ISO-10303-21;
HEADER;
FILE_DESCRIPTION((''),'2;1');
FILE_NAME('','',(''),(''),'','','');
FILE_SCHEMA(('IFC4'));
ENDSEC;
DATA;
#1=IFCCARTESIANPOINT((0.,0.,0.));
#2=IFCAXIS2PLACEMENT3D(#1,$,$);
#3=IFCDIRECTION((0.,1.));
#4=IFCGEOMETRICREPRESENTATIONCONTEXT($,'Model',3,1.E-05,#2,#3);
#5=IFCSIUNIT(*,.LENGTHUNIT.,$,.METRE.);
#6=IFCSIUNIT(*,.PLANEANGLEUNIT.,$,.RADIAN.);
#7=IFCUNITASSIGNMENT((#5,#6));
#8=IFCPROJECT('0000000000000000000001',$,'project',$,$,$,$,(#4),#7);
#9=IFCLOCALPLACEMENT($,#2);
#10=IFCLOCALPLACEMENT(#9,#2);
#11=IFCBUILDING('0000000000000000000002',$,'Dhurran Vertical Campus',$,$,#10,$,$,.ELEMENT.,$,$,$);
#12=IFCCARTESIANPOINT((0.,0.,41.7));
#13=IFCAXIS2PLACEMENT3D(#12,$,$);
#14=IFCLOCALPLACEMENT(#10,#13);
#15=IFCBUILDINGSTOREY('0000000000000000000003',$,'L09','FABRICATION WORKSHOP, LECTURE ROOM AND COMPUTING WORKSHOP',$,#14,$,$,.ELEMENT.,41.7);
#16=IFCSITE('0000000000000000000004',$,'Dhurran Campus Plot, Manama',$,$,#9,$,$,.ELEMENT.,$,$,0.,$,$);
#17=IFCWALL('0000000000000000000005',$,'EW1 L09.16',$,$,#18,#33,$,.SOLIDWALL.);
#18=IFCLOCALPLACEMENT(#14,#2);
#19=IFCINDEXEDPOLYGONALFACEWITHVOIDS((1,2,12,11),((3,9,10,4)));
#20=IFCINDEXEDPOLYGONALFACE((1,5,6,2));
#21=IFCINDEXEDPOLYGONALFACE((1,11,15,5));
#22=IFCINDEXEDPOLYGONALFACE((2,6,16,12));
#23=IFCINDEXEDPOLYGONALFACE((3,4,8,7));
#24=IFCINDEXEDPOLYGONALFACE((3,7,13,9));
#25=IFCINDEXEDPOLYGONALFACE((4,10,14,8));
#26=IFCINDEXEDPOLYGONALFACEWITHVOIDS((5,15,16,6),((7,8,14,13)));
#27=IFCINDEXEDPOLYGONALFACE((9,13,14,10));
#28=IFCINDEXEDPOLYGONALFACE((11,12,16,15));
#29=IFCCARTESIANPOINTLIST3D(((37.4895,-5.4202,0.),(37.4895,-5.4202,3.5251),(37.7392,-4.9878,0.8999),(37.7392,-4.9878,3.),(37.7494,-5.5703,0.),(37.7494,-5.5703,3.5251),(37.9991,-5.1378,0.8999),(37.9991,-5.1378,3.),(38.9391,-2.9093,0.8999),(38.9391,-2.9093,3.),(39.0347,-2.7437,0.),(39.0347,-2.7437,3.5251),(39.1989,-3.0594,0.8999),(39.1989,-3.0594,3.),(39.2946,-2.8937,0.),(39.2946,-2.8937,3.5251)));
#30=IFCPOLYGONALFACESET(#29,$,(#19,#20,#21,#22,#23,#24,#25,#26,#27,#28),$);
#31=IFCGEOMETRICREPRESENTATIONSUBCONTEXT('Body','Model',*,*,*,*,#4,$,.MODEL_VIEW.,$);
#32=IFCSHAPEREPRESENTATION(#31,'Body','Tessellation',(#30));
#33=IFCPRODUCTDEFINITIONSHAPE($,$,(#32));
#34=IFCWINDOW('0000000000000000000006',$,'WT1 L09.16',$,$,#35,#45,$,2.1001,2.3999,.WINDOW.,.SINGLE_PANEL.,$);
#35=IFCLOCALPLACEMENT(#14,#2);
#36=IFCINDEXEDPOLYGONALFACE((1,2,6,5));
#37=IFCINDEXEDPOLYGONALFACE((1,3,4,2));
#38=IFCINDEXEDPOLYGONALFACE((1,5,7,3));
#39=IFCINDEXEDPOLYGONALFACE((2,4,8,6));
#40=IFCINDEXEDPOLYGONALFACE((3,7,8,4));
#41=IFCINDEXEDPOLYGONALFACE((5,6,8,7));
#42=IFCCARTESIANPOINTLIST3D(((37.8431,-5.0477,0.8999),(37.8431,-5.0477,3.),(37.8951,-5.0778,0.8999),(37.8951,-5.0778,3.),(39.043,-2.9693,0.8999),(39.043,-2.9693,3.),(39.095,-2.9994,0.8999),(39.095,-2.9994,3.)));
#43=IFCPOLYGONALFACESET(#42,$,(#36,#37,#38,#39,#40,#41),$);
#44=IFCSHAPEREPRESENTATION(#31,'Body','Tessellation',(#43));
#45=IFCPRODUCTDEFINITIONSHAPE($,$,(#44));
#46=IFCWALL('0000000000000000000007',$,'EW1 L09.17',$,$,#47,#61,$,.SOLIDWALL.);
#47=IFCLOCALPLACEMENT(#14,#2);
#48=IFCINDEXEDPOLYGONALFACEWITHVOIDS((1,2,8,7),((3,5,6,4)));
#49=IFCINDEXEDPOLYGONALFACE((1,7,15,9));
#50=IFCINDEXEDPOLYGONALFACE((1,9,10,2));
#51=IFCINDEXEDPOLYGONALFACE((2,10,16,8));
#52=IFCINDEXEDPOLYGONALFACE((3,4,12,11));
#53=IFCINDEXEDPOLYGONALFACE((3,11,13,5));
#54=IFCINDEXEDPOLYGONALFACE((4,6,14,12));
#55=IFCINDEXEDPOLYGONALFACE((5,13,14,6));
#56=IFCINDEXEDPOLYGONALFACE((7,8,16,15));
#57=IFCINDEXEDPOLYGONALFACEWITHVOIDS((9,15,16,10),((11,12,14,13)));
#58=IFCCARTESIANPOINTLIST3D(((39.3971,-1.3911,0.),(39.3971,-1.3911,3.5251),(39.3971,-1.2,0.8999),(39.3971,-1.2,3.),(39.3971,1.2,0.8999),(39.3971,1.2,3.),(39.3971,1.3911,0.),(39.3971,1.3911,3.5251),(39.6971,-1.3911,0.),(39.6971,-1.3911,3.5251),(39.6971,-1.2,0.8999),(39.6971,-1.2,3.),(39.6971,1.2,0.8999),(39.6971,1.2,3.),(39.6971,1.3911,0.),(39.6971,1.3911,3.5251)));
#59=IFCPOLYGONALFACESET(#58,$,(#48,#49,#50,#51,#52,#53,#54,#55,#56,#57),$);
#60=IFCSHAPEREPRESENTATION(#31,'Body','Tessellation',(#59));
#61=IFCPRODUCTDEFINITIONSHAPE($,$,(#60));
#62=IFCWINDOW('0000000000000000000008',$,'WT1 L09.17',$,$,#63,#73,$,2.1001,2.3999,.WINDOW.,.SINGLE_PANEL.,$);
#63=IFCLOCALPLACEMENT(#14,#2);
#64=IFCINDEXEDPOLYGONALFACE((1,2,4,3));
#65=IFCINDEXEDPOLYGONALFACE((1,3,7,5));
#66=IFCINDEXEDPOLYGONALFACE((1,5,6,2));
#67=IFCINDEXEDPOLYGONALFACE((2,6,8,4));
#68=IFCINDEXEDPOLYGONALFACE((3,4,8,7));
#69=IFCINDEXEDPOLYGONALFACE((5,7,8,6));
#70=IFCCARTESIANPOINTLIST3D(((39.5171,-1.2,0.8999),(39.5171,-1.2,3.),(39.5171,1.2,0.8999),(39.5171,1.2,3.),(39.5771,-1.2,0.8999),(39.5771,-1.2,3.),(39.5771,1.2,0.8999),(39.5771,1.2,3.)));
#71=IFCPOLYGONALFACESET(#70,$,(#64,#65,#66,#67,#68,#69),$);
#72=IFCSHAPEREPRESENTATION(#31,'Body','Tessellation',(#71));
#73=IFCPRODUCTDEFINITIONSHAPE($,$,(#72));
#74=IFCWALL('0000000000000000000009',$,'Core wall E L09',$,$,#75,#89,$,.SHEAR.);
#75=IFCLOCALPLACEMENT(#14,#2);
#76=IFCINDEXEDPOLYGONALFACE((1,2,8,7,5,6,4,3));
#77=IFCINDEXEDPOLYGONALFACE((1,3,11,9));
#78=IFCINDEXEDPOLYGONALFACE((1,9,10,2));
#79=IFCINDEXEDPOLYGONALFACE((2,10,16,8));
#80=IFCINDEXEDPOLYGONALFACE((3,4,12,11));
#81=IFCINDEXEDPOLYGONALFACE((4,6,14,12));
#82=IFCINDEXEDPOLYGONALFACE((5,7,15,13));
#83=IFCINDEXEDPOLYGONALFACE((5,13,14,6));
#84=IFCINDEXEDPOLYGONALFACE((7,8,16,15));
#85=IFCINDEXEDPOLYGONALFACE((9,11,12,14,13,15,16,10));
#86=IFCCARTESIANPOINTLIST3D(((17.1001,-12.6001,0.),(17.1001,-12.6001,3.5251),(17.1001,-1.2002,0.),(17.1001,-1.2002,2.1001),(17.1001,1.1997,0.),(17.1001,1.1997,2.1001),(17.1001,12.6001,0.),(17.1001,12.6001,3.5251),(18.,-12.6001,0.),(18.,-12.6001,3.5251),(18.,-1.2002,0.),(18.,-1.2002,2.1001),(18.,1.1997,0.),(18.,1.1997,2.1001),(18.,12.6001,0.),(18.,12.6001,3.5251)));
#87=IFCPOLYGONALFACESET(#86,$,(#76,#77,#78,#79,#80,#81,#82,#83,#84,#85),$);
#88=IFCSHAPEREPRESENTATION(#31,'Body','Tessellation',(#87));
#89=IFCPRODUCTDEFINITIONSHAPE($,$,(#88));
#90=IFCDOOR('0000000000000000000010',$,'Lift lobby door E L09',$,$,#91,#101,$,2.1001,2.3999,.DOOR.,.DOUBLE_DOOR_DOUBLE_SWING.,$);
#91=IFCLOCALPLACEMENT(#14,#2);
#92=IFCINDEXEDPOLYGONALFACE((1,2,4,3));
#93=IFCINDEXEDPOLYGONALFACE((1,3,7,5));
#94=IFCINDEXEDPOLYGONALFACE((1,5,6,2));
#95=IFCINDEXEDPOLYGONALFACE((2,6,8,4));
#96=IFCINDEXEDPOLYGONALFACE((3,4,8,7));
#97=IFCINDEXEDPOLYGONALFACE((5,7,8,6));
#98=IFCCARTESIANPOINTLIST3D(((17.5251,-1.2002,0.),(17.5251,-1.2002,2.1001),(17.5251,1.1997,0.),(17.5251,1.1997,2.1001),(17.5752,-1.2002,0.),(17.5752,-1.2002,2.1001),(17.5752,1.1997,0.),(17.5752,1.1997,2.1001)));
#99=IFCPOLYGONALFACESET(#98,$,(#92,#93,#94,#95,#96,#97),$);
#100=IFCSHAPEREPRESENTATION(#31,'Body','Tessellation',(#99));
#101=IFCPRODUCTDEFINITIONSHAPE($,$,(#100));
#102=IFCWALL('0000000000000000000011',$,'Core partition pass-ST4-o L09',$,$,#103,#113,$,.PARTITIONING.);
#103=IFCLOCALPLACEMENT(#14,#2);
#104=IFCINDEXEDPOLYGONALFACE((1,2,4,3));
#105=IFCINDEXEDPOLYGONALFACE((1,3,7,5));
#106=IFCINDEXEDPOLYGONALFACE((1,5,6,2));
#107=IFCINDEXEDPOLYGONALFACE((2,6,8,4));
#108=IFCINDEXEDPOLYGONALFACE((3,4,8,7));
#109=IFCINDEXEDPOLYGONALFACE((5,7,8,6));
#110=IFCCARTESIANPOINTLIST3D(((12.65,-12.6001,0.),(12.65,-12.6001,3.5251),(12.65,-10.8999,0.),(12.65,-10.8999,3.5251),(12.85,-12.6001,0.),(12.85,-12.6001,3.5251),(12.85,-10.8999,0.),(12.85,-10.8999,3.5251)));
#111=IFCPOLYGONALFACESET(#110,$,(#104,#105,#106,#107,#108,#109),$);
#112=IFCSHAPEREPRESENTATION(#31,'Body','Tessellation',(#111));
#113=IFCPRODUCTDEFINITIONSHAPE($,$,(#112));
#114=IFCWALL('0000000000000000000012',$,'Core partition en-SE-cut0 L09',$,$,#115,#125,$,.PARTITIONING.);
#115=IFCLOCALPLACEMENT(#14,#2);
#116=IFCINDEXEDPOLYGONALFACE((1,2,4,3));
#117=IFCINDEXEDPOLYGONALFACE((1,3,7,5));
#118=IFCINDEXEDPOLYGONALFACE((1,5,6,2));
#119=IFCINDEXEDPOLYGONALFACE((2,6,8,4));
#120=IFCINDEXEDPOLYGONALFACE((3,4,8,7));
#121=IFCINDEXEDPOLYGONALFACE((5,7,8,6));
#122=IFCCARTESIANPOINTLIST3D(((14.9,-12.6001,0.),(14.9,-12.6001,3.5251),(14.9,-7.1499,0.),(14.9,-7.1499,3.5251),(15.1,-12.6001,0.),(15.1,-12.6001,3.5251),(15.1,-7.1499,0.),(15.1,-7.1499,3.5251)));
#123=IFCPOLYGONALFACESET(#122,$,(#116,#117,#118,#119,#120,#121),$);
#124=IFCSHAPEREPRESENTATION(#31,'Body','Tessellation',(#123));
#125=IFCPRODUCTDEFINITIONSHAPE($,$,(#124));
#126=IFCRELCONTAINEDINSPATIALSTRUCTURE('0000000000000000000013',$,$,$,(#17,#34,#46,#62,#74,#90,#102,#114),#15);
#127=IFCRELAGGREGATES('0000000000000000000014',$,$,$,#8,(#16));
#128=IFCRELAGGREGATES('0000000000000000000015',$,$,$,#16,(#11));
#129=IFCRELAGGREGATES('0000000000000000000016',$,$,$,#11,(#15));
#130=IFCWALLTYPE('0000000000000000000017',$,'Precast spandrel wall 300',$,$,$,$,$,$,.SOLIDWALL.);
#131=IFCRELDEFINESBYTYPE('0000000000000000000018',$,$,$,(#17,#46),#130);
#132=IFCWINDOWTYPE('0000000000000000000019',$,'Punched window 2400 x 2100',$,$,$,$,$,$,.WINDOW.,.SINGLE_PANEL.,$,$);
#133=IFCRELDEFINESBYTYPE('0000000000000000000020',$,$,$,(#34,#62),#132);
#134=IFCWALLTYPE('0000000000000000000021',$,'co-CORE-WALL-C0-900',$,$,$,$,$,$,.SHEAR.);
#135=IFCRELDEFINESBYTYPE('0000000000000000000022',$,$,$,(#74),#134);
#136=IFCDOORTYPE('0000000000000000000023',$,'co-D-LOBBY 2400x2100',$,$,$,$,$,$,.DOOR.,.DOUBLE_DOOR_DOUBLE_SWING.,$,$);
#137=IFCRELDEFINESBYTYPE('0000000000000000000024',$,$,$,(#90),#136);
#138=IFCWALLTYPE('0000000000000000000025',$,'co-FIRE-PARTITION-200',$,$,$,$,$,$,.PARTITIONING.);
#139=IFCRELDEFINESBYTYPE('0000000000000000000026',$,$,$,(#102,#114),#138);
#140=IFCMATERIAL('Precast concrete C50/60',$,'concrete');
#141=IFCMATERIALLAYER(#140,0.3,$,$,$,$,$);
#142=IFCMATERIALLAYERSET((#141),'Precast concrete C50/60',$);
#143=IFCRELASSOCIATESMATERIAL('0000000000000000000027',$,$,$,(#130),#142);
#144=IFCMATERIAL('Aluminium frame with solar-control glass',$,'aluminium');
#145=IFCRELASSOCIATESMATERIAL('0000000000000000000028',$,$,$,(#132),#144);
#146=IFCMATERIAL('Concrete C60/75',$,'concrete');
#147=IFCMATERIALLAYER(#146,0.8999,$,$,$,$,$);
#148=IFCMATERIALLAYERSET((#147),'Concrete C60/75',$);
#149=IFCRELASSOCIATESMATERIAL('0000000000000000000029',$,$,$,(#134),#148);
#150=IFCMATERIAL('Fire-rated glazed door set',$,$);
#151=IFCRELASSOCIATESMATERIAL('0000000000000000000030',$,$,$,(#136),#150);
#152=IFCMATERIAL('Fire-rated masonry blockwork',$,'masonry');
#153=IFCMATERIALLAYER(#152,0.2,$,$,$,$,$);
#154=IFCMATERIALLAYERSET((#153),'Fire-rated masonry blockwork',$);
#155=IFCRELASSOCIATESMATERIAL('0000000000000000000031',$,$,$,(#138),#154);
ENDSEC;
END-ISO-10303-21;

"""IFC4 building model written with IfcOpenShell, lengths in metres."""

from ifc_helpers import new_model, si_unit, direction, frame, frame_2d, origin, place, context, subcontext, project, spatial, rectangle, extrude, material, layer, layer_set, type_object, element, fill, save


model = new_model("IFC4")

# Units and contexts
model_context = context("Model", 3, precision=1e-05, world=origin(), true_north=direction((0.0, 1.0)))
body_context = subcontext(model_context, "Body", "Model", "MODEL_VIEW")
ifc_project = project(units=[si_unit("LENGTHUNIT", "METRE"), si_unit("PLANEANGLEUNIT", "RADIAN")], contexts=[model_context])

# Site, building, storey
site_placement = place(None, origin())
site = spatial("IfcSite", under=ifc_project, at=site_placement, Name="Dhurran Campus Plot, Manama", CompositionType="ELEMENT", RefElevation=0.0)
building_placement = place(site_placement, origin())
building = spatial("IfcBuilding", under=site, at=building_placement, Name="Dhurran Vertical Campus", CompositionType="ELEMENT")
storey_placement = place(building_placement, frame((0.0, 0.0, 41.7)))
storey = spatial("IfcBuildingStorey", under=building, at=storey_placement, Name="L09", Description="FABRICATION WORKSHOP, LECTURE ROOM AND COMPUTING WORKSHOP", CompositionType="ELEMENT", Elevation=41.7)

# Walls, openings, windows
ifc_material_1 = material(Name="Precast concrete C50/60", Category="concrete")
ifc_layer_1 = layer(ifc_material_1, 0.3)
ifc_layer_set_1 = layer_set([ifc_layer_1], Name="Precast concrete C50/60")
wall_type_1 = type_object("IfcWallType", Name="Precast spandrel wall 300", PredefinedType="SOLIDWALL", material=ifc_layer_set_1)
ifc_material_2 = material(Name="Aluminium frame with solar-control glass", Category="aluminium")
window_type = type_object("IfcWindowType", Name="Punched window 2400 x 2100", PartitioningType="SINGLE_PANEL", PredefinedType="WINDOW", material=ifc_material_2)
wall_1_placement = place(storey_placement, frame((37.6194, -5.4954, 0.0), z_axis=(0.0, 0.0, 1.0), x_axis=(0.499971, 0.866042, 0.0)))
wall_1 = element("IfcWall", 1, at=wall_1_placement, inside=storey, type_object=wall_type_1, Name="EW1 L09.16", PredefinedType="SOLIDWALL", context=body_context, shape_type="SweptSolid", body=[
    extrude(rectangle(XDim=3.0906, YDim=0.3, at=frame_2d((1.5454, 0.0))), origin(), (0.0, 0.0, 1.0), 3.5251),
])
opening_1_placement = place(wall_1_placement, frame((0.4995, 0.0, 0.8999)))
opening_1 = element("IfcOpeningElement", 2, at=opening_1_placement, cuts=wall_1, PredefinedType="OPENING", context=body_context, shape_type="SweptSolid", body=[
    extrude(rectangle(XDim=2.3999, YDim=2.1001, at=frame_2d((1.2, 1.05))), frame((0.0, 0.1599, 0.0), z_axis=(0.0, -1.0, 0.0), x_axis=(1.0, 0.0, 0.0)), (0.0, 0.0, 1.0), 0.3201),
])
window_1_placement = place(opening_1_placement, origin())
window_1 = element("IfcWindow", 3, at=window_1_placement, inside=storey, type_object=window_type, Name="WT1 L09.16", OverallHeight=2.1001, OverallWidth=2.3999, PartitioningType="SINGLE_PANEL", PredefinedType="WINDOW", context=body_context, shape_type="SweptSolid", body=[
    extrude(rectangle(XDim=2.3999, YDim=2.1001, at=frame_2d((1.2, 1.05))), frame((0.0, 0.03, 0.0), z_axis=(0.0, -1.0, 0.0), x_axis=(1.0, 0.0, 0.0)), (0.0, 0.0, 1.0), 0.0601),
])
fill(opening_1, window_1)
wall_2_placement = place(storey_placement, frame((39.5471, -1.3911, 0.0), z_axis=(0.0, 0.0, 1.0), x_axis=(0.0, 1.0, 0.0)))
wall_2 = element("IfcWall", 4, at=wall_2_placement, inside=storey, type_object=wall_type_1, Name="EW1 L09.17", PredefinedType="SOLIDWALL", context=body_context, shape_type="SweptSolid", body=[
    extrude(rectangle(XDim=2.7822, YDim=0.3, at=frame_2d((1.3911, 0.0))), origin(), (0.0, 0.0, 1.0), 3.5251),
])
opening_2_placement = place(wall_2_placement, frame((0.1912, 0.0, 0.8999)))
opening_2 = element("IfcOpeningElement", 5, at=opening_2_placement, cuts=wall_2, PredefinedType="OPENING", context=body_context, shape_type="SweptSolid", body=[
    extrude(rectangle(XDim=2.3999, YDim=2.1001, at=frame_2d((1.2, 1.05))), frame((0.0, 0.1599, 0.0), z_axis=(0.0, -1.0, 0.0), x_axis=(1.0, 0.0, 0.0)), (0.0, 0.0, 1.0), 0.3201),
])
window_2_placement = place(opening_2_placement, origin())
window_2 = element("IfcWindow", 6, at=window_2_placement, inside=storey, type_object=window_type, Name="WT1 L09.17", OverallHeight=2.1001, OverallWidth=2.3999, PartitioningType="SINGLE_PANEL", PredefinedType="WINDOW", context=body_context, shape_type="SweptSolid", body=[
    extrude(rectangle(XDim=2.3999, YDim=2.1001, at=frame_2d((1.2, 1.05))), frame((0.0, 0.03, 0.0), z_axis=(0.0, -1.0, 0.0), x_axis=(1.0, 0.0, 0.0)), (0.0, 0.0, 1.0), 0.0601),
])
fill(opening_2, window_2)

# Wall, opening, door
ifc_material_3 = material(Name="Concrete C60/75", Category="concrete")
ifc_layer_2 = layer(ifc_material_3, 0.8999)
ifc_layer_set_2 = layer_set([ifc_layer_2], Name="Concrete C60/75")
wall_type_2 = type_object("IfcWallType", Name="co-CORE-WALL-C0-900", PredefinedType="SHEAR", material=ifc_layer_set_2)
wall_3_placement = place(storey_placement, frame((17.55, -12.6001, 0.0), z_axis=(0.0, 0.0, 1.0), x_axis=(0.0, 1.0, 0.0)))
wall_3 = element("IfcWall", 7, at=wall_3_placement, inside=storey, type_object=wall_type_2, Name="Core wall E L09", PredefinedType="SHEAR", context=body_context, shape_type="SweptSolid", body=[
    extrude(rectangle(XDim=25.2002, YDim=0.8999, at=frame_2d((12.6001, 0.0))), origin(), (0.0, 0.0, 1.0), 3.5251),
])
opening_3_placement = place(wall_3_placement, frame((11.3999, 0.0, 0.0)))
opening_3 = element("IfcOpeningElement", 8, at=opening_3_placement, cuts=wall_3, PredefinedType="OPENING", context=body_context, shape_type="SweptSolid", body=[
    extrude(rectangle(XDim=2.3999, YDim=2.1001, at=frame_2d((1.2, 1.05))), frame((0.0, 0.46, 0.0), z_axis=(0.0, -1.0, 0.0), x_axis=(1.0, 0.0, 0.0)), (0.0, 0.0, 1.0), 0.9199),
])
ifc_material_4 = material(Name="Fire-rated glazed door set")
door_type_1 = type_object("IfcDoorType", Name="co-D-LOBBY 2400x2100", OperationType="DOUBLE_DOOR_DOUBLE_SWING", PredefinedType="DOOR", material=ifc_material_4)
door_1_placement = place(opening_3_placement, origin())
door_1 = element("IfcDoor", 9, at=door_1_placement, inside=storey, type_object=door_type_1, Name="Lift lobby door E L09", OperationType="DOUBLE_DOOR_DOUBLE_SWING", OverallHeight=2.1001, OverallWidth=2.3999, PredefinedType="DOOR", context=body_context, shape_type="SweptSolid", body=[
    extrude(rectangle(XDim=2.3999, YDim=2.1001, at=frame_2d((1.2, 1.05))), frame((0.0, 0.0249, 0.0), z_axis=(0.0, -1.0, 0.0), x_axis=(1.0, 0.0, 0.0)), (0.0, 0.0, 1.0), 0.05),
])
fill(opening_3, door_1)

# Walls
ifc_material_5 = material(Name="Fire-rated masonry blockwork", Category="masonry")
ifc_layer_3 = layer(ifc_material_5, 0.2)
ifc_layer_set_3 = layer_set([ifc_layer_3], Name="Fire-rated masonry blockwork")
wall_type_3 = type_object("IfcWallType", Name="co-FIRE-PARTITION-200", PredefinedType="PARTITIONING", material=ifc_layer_set_3)
wall_4_placement = place(storey_placement, frame((12.75, -12.6001, 0.0), z_axis=(0.0, 0.0, 1.0), x_axis=(0.0, 1.0, 0.0)))
element("IfcWall", 10, at=wall_4_placement, inside=storey, type_object=wall_type_3, Name="Core partition pass-ST4-o L09", PredefinedType="PARTITIONING", context=body_context, shape_type="SweptSolid", body=[
    extrude(rectangle(XDim=1.7002, YDim=0.2, at=frame_2d((0.8501, 0.0))), origin(), (0.0, 0.0, 1.0), 3.5251),
])
wall_5_placement = place(storey_placement, frame((15.0, -12.6001, 0.0), z_axis=(0.0, 0.0, 1.0), x_axis=(0.0, 1.0, 0.0)))
element("IfcWall", 11, at=wall_5_placement, inside=storey, type_object=wall_type_3, Name="Core partition en-SE-cut0 L09", PredefinedType="PARTITIONING", context=body_context, shape_type="SweptSolid", body=[
    extrude(rectangle(XDim=5.4502, YDim=0.2, at=frame_2d((2.7251, 0.0))), origin(), (0.0, 0.0, 1.0), 3.5251),
])

save(model, "model.ifc")
